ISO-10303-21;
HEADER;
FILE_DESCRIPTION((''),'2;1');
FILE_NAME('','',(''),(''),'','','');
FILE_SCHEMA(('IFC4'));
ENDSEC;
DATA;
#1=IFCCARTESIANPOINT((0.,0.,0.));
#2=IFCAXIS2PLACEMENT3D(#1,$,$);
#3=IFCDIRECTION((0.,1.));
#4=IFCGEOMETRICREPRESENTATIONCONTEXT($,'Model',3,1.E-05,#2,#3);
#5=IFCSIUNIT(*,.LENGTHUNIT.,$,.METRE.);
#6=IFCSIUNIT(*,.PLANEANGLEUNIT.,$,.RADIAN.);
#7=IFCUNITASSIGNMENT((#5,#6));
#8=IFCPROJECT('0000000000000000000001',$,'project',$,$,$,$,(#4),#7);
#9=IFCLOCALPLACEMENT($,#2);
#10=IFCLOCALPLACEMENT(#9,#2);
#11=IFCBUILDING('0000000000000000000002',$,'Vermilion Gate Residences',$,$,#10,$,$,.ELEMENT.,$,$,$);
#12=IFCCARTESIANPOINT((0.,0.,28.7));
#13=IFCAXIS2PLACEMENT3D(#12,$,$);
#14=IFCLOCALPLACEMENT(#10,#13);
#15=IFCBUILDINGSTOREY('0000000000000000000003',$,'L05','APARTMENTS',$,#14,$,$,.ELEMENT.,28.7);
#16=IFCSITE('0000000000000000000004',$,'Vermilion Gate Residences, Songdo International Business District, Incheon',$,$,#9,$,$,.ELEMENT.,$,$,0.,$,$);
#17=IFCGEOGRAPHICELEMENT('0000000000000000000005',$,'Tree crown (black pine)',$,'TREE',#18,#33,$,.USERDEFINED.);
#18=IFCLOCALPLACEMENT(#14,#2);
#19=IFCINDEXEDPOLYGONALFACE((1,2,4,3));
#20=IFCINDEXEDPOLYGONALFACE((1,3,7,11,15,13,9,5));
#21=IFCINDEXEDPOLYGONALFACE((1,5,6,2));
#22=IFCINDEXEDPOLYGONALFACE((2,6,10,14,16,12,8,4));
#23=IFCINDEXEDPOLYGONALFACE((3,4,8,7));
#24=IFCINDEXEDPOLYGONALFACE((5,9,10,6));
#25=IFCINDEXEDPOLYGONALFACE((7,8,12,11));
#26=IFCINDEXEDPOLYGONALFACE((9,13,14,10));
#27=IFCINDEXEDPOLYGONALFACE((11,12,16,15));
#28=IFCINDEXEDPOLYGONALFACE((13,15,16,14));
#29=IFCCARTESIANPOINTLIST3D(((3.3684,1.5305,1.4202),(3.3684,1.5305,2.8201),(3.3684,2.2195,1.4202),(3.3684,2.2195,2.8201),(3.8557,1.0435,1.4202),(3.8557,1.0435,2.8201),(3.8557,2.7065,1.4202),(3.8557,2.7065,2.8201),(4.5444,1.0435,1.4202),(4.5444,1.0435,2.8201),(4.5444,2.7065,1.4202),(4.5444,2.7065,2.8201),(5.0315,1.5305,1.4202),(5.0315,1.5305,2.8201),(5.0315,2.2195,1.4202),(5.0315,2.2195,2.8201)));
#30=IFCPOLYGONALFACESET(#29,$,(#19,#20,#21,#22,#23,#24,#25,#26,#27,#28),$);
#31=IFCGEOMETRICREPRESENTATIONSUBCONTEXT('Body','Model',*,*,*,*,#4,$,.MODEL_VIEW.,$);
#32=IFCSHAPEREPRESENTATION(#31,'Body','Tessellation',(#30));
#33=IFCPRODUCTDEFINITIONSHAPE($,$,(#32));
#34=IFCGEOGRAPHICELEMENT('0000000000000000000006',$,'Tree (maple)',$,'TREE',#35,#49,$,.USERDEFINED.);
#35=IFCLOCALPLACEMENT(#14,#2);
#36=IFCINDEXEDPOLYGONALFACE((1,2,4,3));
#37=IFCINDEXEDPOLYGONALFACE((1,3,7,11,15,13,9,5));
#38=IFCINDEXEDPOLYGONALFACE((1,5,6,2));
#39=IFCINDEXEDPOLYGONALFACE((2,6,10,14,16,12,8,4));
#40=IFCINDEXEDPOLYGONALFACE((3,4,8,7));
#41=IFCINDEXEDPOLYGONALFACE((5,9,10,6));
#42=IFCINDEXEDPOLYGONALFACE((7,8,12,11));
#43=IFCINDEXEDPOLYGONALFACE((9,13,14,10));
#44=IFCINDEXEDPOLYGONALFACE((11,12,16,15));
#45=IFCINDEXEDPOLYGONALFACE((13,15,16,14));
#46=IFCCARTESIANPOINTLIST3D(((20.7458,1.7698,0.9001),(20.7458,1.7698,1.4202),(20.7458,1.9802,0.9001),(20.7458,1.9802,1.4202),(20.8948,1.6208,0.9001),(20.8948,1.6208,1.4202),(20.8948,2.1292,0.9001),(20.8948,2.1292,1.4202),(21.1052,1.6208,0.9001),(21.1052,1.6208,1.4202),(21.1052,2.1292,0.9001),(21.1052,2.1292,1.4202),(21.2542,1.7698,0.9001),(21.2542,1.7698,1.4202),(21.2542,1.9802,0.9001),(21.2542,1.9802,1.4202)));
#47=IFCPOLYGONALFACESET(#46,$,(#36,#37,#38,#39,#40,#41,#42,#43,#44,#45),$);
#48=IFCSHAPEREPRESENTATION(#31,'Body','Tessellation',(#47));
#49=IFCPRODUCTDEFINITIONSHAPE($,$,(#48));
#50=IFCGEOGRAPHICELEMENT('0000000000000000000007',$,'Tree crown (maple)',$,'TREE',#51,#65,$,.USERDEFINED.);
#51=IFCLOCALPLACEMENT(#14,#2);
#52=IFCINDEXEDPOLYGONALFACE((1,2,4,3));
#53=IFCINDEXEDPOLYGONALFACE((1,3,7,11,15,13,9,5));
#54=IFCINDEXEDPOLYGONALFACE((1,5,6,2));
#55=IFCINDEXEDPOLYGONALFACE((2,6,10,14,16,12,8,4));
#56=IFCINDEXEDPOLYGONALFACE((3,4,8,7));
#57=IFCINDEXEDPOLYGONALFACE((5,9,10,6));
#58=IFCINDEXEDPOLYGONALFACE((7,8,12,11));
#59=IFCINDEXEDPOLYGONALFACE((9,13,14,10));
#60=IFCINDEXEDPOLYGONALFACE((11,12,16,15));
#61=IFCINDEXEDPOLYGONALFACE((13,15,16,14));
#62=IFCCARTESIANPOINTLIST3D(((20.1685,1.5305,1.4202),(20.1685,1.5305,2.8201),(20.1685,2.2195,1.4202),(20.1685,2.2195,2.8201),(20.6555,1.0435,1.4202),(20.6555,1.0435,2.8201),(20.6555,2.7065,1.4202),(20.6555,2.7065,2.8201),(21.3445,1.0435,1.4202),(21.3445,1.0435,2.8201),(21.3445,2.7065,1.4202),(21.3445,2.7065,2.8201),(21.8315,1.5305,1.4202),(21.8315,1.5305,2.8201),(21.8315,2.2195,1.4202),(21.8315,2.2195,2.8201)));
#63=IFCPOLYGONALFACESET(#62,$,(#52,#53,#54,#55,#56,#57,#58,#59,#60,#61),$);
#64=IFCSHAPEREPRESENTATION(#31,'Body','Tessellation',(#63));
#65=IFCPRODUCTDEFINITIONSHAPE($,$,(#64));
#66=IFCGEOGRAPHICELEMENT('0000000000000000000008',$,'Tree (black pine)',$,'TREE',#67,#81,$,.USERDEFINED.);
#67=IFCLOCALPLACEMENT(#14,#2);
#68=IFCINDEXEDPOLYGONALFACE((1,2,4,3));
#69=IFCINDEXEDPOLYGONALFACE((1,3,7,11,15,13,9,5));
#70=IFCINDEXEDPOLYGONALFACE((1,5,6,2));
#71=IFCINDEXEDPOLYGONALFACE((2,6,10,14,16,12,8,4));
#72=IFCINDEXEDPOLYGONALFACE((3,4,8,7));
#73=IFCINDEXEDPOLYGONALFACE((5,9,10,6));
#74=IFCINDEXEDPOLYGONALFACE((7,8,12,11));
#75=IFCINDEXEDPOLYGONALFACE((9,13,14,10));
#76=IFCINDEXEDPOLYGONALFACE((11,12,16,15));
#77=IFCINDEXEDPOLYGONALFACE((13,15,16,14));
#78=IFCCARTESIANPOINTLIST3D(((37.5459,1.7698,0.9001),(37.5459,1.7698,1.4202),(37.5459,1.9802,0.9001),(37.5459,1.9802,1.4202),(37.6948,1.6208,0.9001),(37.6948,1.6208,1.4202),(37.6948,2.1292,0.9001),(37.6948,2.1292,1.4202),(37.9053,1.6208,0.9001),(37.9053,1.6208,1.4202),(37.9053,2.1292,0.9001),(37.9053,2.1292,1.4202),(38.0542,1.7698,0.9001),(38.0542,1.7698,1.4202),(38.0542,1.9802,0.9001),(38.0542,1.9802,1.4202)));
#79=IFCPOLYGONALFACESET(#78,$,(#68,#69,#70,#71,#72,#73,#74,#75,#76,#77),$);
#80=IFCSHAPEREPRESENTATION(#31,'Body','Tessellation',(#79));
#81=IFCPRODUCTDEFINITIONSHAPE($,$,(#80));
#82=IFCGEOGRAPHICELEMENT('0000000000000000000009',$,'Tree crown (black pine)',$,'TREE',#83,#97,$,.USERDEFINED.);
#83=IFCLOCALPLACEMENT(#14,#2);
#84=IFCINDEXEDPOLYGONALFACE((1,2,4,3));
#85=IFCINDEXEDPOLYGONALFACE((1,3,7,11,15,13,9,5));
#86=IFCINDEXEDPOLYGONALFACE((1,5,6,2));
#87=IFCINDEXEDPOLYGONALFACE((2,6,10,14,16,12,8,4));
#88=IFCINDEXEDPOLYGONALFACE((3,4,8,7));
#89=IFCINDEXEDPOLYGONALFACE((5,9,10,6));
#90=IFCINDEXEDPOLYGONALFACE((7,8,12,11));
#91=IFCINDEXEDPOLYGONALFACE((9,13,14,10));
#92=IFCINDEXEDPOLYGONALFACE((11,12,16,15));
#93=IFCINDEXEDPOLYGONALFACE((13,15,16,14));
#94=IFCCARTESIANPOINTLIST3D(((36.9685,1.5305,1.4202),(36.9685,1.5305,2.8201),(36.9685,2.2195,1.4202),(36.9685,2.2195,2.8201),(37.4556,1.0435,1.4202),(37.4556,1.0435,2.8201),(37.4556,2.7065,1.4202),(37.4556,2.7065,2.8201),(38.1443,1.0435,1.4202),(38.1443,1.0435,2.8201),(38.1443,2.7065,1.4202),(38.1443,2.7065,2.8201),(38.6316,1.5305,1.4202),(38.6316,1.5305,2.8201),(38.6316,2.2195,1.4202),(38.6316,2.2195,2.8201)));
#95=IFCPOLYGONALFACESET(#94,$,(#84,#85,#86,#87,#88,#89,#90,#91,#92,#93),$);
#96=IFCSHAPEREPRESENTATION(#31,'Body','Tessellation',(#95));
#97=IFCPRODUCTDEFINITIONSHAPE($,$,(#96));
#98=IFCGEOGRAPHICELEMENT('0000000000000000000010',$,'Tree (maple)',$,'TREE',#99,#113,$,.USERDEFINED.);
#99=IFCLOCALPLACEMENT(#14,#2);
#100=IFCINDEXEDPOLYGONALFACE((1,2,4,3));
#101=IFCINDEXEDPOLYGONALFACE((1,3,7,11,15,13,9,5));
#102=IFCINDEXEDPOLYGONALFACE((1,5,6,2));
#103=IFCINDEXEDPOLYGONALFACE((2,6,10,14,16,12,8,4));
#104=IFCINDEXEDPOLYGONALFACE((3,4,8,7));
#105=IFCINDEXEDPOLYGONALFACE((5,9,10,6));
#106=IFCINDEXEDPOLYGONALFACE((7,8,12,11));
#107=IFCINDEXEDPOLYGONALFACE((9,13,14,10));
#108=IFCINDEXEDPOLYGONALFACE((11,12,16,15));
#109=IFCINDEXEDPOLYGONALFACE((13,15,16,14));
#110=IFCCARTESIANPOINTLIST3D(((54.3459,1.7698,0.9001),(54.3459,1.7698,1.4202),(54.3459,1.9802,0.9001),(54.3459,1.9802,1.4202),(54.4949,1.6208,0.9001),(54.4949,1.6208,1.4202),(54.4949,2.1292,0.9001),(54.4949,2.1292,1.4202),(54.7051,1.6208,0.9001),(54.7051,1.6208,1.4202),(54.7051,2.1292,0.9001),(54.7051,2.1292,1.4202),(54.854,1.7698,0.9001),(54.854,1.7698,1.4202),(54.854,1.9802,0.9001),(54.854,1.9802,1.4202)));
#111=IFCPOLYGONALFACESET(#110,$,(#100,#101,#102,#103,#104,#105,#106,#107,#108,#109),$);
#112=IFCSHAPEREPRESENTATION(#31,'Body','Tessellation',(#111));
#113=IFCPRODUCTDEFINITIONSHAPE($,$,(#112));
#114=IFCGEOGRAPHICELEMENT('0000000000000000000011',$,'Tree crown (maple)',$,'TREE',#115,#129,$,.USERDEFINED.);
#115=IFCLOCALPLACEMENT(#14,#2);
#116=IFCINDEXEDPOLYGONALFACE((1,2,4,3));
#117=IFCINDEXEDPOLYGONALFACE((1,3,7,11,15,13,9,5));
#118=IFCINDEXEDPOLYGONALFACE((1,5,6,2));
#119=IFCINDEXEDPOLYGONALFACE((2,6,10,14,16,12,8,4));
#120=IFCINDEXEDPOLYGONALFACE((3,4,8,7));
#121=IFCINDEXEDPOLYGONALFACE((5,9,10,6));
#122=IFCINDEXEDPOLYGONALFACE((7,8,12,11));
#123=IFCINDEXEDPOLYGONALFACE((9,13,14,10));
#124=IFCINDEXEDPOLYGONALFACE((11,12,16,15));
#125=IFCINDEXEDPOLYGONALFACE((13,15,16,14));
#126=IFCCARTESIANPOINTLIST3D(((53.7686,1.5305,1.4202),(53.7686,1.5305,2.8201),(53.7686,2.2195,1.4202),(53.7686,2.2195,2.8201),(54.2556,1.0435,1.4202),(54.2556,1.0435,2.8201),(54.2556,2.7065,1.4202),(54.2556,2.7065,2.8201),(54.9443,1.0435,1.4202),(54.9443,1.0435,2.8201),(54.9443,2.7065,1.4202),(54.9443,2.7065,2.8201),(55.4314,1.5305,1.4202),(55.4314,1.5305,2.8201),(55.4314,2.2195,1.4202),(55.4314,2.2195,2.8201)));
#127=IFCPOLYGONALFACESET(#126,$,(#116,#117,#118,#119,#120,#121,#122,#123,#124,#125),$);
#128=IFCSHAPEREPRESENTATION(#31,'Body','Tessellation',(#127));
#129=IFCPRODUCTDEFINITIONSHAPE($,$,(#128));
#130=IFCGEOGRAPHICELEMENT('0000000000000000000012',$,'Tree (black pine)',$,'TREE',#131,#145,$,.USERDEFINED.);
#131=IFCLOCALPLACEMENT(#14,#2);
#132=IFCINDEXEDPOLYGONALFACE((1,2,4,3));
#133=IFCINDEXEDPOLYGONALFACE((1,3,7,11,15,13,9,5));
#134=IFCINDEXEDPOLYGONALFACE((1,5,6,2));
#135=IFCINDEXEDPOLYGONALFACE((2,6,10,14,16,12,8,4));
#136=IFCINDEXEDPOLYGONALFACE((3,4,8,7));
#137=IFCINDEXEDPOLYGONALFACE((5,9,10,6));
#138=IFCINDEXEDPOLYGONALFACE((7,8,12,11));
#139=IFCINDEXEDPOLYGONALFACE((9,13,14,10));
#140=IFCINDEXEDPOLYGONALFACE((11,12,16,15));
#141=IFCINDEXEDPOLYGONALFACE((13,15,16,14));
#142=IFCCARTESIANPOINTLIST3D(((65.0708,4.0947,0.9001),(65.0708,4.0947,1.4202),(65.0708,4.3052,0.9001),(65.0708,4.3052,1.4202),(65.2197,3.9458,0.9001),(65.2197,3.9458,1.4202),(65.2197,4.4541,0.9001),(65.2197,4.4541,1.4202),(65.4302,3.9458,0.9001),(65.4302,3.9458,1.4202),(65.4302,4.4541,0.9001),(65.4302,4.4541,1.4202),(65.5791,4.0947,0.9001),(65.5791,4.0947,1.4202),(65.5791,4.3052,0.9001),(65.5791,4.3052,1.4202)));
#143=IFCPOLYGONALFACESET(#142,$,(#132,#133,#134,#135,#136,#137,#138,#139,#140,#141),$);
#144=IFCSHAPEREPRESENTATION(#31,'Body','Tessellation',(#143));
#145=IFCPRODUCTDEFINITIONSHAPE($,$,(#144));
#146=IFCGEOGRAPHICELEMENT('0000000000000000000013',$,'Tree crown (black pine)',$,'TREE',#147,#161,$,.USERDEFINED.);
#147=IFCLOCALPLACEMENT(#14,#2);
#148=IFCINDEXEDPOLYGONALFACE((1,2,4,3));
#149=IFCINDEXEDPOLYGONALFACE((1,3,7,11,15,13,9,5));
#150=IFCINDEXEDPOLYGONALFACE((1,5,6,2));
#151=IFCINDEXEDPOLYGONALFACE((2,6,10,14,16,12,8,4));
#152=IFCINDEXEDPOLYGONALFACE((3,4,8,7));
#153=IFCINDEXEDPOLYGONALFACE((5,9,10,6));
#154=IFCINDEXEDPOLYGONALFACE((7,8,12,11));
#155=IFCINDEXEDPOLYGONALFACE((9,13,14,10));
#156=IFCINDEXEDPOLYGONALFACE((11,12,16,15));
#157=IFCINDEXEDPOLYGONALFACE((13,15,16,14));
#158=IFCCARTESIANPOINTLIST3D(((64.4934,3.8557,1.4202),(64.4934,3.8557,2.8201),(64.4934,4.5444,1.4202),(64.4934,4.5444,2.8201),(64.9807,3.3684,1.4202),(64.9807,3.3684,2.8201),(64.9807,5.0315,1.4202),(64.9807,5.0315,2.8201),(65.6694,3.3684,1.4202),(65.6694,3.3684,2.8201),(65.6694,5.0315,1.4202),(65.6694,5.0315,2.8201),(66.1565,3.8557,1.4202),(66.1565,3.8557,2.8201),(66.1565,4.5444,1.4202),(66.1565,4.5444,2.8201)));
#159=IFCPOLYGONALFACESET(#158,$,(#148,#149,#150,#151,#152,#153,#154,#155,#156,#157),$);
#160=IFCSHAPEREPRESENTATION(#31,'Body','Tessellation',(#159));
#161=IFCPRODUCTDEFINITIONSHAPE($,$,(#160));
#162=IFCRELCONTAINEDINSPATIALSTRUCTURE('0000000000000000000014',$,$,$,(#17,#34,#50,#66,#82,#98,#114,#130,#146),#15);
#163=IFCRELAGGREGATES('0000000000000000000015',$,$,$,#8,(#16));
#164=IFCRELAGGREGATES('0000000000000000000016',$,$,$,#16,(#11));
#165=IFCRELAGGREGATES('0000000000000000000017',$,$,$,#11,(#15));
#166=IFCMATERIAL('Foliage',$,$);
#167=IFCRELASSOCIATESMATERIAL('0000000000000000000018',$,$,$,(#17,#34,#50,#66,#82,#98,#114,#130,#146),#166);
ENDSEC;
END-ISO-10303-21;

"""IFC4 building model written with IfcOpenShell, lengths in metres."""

from ifc_helpers import new_model, si_unit, direction, frame, origin, place, context, subcontext, project, spatial, polyline, outline, extrude, material, element, save


model = new_model("IFC4")

# Units and contexts
model_context = context("Model", 3, precision=1e-05, world=origin(), true_north=direction((0.0, 1.0)))
body_context = subcontext(model_context, "Body", "Model", "MODEL_VIEW")
ifc_project = project(units=[si_unit("LENGTHUNIT", "METRE"), si_unit("PLANEANGLEUNIT", "RADIAN")], contexts=[model_context])

# Site, building, storey
site_placement = place(None, origin())
site = spatial("IfcSite", under=ifc_project, at=site_placement, Name="Vermilion Gate Residences, Songdo International Business District, Incheon", CompositionType="ELEMENT", RefElevation=0.0)
building_placement = place(site_placement, origin())
building = spatial("IfcBuilding", under=site, at=building_placement, Name="Vermilion Gate Residences", CompositionType="ELEMENT")
storey_placement = place(building_placement, frame((0.0, 0.0, 28.7)))
storey = spatial("IfcBuildingStorey", under=building, at=storey_placement, Name="L05", Description="APARTMENTS", CompositionType="ELEMENT", Elevation=28.7)

# Geographic elements
ifc_material_1 = material(Name="Foliage")
geographic_element_1_placement = place(storey_placement, frame((0.0, 0.0, 1.4202)))
element("IfcGeographicElement", 1, at=geographic_element_1_placement, inside=storey, material=ifc_material_1, Name="Tree crown (black pine)", ObjectType="TREE", PredefinedType="USERDEFINED", context=body_context, shape_type="SweptSolid", body=[
    extrude(outline(polyline([(5.0315, 2.2195), (4.5444, 2.7065), (3.8557, 2.7065), (3.3684, 2.2195), (3.3684, 1.5305), (3.8557, 1.0435), (4.5444, 1.0435), (5.0315, 1.5305), (5.0315, 2.2195)])), origin(), (0.0, 0.0, 1.0), 1.3999),
])
geographic_element_2_placement = place(storey_placement, frame((0.0, 0.0, 0.9001)))
element("IfcGeographicElement", 2, at=geographic_element_2_placement, inside=storey, material=ifc_material_1, Name="Tree (maple)", ObjectType="TREE", PredefinedType="USERDEFINED", context=body_context, shape_type="SweptSolid", body=[
    extrude(outline(polyline([(21.2542, 1.9802), (21.1052, 2.1292), (20.8948, 2.1292), (20.7458, 1.9802), (20.7458, 1.7698), (20.8948, 1.6208), (21.1052, 1.6208), (21.2542, 1.7698), (21.2542, 1.9802)])), origin(), (0.0, 0.0, 1.0), 0.52),
])
geographic_element_3_placement = place(storey_placement, frame((0.0, 0.0, 1.4202)))
element("IfcGeographicElement", 3, at=geographic_element_3_placement, inside=storey, material=ifc_material_1, Name="Tree crown (maple)", ObjectType="TREE", PredefinedType="USERDEFINED", context=body_context, shape_type="SweptSolid", body=[
    extrude(outline(polyline([(21.8315, 2.2195), (21.3445, 2.7065), (20.6555, 2.7065), (20.1685, 2.2195), (20.1685, 1.5305), (20.6555, 1.0435), (21.3445, 1.0435), (21.8315, 1.5305), (21.8315, 2.2195)])), origin(), (0.0, 0.0, 1.0), 1.3999),
])
geographic_element_4_placement = place(storey_placement, frame((0.0, 0.0, 0.9001)))
element("IfcGeographicElement", 4, at=geographic_element_4_placement, inside=storey, material=ifc_material_1, Name="Tree (black pine)", ObjectType="TREE", PredefinedType="USERDEFINED", context=body_context, shape_type="SweptSolid", body=[
    extrude(outline(polyline([(38.0542, 1.9802), (37.9053, 2.1292), (37.6948, 2.1292), (37.5459, 1.9802), (37.5459, 1.7698), (37.6948, 1.6208), (37.9053, 1.6208), (38.0542, 1.7698), (38.0542, 1.9802)])), origin(), (0.0, 0.0, 1.0), 0.52),
])
geographic_element_5_placement = place(storey_placement, frame((0.0, 0.0, 1.4202)))
element("IfcGeographicElement", 5, at=geographic_element_5_placement, inside=storey, material=ifc_material_1, Name="Tree crown (black pine)", ObjectType="TREE", PredefinedType="USERDEFINED", context=body_context, shape_type="SweptSolid", body=[
    extrude(outline(polyline([(38.6316, 2.2195), (38.1443, 2.7065), (37.4556, 2.7065), (36.9685, 2.2195), (36.9685, 1.5305), (37.4556, 1.0435), (38.1443, 1.0435), (38.6316, 1.5305), (38.6316, 2.2195)])), origin(), (0.0, 0.0, 1.0), 1.3999),
])
geographic_element_6_placement = place(storey_placement, frame((0.0, 0.0, 0.9001)))
element("IfcGeographicElement", 6, at=geographic_element_6_placement, inside=storey, material=ifc_material_1, Name="Tree (maple)", ObjectType="TREE", PredefinedType="USERDEFINED", context=body_context, shape_type="SweptSolid", body=[
    extrude(outline(polyline([(54.854, 1.9802), (54.7051, 2.1292), (54.4949, 2.1292), (54.3459, 1.9802), (54.3459, 1.7698), (54.4949, 1.6208), (54.7051, 1.6208), (54.854, 1.7698), (54.854, 1.9802)])), origin(), (0.0, 0.0, 1.0), 0.52),
])
geographic_element_7_placement = place(storey_placement, frame((0.0, 0.0, 1.4202)))
element("IfcGeographicElement", 7, at=geographic_element_7_placement, inside=storey, material=ifc_material_1, Name="Tree crown (maple)", ObjectType="TREE", PredefinedType="USERDEFINED", context=body_context, shape_type="SweptSolid", body=[
    extrude(outline(polyline([(55.4314, 2.2195), (54.9443, 2.7065), (54.2556, 2.7065), (53.7686, 2.2195), (53.7686, 1.5305), (54.2556, 1.0435), (54.9443, 1.0435), (55.4314, 1.5305), (55.4314, 2.2195)])), origin(), (0.0, 0.0, 1.0), 1.3999),
])
geographic_element_8_placement = place(storey_placement, frame((0.0, 0.0, 0.9001)))
element("IfcGeographicElement", 8, at=geographic_element_8_placement, inside=storey, material=ifc_material_1, Name="Tree (black pine)", ObjectType="TREE", PredefinedType="USERDEFINED", context=body_context, shape_type="SweptSolid", body=[
    extrude(outline(polyline([(65.5791, 4.3052), (65.4302, 4.4541), (65.2197, 4.4541), (65.0708, 4.3052), (65.0708, 4.0947), (65.2197, 3.9458), (65.4302, 3.9458), (65.5791, 4.0947), (65.5791, 4.3052)])), origin(), (0.0, 0.0, 1.0), 0.52),
])
geographic_element_9_placement = place(storey_placement, frame((0.0, 0.0, 1.4202)))
element("IfcGeographicElement", 9, at=geographic_element_9_placement, inside=storey, material=ifc_material_1, Name="Tree crown (black pine)", ObjectType="TREE", PredefinedType="USERDEFINED", context=body_context, shape_type="SweptSolid", body=[
    extrude(outline(polyline([(66.1565, 4.5444), (65.6694, 5.0315), (64.9807, 5.0315), (64.4934, 4.5444), (64.4934, 3.8557), (64.9807, 3.3684), (65.6694, 3.3684), (66.1565, 3.8557), (66.1565, 4.5444)])), origin(), (0.0, 0.0, 1.0), 1.3999),
])

save(model, "model.ifc")
